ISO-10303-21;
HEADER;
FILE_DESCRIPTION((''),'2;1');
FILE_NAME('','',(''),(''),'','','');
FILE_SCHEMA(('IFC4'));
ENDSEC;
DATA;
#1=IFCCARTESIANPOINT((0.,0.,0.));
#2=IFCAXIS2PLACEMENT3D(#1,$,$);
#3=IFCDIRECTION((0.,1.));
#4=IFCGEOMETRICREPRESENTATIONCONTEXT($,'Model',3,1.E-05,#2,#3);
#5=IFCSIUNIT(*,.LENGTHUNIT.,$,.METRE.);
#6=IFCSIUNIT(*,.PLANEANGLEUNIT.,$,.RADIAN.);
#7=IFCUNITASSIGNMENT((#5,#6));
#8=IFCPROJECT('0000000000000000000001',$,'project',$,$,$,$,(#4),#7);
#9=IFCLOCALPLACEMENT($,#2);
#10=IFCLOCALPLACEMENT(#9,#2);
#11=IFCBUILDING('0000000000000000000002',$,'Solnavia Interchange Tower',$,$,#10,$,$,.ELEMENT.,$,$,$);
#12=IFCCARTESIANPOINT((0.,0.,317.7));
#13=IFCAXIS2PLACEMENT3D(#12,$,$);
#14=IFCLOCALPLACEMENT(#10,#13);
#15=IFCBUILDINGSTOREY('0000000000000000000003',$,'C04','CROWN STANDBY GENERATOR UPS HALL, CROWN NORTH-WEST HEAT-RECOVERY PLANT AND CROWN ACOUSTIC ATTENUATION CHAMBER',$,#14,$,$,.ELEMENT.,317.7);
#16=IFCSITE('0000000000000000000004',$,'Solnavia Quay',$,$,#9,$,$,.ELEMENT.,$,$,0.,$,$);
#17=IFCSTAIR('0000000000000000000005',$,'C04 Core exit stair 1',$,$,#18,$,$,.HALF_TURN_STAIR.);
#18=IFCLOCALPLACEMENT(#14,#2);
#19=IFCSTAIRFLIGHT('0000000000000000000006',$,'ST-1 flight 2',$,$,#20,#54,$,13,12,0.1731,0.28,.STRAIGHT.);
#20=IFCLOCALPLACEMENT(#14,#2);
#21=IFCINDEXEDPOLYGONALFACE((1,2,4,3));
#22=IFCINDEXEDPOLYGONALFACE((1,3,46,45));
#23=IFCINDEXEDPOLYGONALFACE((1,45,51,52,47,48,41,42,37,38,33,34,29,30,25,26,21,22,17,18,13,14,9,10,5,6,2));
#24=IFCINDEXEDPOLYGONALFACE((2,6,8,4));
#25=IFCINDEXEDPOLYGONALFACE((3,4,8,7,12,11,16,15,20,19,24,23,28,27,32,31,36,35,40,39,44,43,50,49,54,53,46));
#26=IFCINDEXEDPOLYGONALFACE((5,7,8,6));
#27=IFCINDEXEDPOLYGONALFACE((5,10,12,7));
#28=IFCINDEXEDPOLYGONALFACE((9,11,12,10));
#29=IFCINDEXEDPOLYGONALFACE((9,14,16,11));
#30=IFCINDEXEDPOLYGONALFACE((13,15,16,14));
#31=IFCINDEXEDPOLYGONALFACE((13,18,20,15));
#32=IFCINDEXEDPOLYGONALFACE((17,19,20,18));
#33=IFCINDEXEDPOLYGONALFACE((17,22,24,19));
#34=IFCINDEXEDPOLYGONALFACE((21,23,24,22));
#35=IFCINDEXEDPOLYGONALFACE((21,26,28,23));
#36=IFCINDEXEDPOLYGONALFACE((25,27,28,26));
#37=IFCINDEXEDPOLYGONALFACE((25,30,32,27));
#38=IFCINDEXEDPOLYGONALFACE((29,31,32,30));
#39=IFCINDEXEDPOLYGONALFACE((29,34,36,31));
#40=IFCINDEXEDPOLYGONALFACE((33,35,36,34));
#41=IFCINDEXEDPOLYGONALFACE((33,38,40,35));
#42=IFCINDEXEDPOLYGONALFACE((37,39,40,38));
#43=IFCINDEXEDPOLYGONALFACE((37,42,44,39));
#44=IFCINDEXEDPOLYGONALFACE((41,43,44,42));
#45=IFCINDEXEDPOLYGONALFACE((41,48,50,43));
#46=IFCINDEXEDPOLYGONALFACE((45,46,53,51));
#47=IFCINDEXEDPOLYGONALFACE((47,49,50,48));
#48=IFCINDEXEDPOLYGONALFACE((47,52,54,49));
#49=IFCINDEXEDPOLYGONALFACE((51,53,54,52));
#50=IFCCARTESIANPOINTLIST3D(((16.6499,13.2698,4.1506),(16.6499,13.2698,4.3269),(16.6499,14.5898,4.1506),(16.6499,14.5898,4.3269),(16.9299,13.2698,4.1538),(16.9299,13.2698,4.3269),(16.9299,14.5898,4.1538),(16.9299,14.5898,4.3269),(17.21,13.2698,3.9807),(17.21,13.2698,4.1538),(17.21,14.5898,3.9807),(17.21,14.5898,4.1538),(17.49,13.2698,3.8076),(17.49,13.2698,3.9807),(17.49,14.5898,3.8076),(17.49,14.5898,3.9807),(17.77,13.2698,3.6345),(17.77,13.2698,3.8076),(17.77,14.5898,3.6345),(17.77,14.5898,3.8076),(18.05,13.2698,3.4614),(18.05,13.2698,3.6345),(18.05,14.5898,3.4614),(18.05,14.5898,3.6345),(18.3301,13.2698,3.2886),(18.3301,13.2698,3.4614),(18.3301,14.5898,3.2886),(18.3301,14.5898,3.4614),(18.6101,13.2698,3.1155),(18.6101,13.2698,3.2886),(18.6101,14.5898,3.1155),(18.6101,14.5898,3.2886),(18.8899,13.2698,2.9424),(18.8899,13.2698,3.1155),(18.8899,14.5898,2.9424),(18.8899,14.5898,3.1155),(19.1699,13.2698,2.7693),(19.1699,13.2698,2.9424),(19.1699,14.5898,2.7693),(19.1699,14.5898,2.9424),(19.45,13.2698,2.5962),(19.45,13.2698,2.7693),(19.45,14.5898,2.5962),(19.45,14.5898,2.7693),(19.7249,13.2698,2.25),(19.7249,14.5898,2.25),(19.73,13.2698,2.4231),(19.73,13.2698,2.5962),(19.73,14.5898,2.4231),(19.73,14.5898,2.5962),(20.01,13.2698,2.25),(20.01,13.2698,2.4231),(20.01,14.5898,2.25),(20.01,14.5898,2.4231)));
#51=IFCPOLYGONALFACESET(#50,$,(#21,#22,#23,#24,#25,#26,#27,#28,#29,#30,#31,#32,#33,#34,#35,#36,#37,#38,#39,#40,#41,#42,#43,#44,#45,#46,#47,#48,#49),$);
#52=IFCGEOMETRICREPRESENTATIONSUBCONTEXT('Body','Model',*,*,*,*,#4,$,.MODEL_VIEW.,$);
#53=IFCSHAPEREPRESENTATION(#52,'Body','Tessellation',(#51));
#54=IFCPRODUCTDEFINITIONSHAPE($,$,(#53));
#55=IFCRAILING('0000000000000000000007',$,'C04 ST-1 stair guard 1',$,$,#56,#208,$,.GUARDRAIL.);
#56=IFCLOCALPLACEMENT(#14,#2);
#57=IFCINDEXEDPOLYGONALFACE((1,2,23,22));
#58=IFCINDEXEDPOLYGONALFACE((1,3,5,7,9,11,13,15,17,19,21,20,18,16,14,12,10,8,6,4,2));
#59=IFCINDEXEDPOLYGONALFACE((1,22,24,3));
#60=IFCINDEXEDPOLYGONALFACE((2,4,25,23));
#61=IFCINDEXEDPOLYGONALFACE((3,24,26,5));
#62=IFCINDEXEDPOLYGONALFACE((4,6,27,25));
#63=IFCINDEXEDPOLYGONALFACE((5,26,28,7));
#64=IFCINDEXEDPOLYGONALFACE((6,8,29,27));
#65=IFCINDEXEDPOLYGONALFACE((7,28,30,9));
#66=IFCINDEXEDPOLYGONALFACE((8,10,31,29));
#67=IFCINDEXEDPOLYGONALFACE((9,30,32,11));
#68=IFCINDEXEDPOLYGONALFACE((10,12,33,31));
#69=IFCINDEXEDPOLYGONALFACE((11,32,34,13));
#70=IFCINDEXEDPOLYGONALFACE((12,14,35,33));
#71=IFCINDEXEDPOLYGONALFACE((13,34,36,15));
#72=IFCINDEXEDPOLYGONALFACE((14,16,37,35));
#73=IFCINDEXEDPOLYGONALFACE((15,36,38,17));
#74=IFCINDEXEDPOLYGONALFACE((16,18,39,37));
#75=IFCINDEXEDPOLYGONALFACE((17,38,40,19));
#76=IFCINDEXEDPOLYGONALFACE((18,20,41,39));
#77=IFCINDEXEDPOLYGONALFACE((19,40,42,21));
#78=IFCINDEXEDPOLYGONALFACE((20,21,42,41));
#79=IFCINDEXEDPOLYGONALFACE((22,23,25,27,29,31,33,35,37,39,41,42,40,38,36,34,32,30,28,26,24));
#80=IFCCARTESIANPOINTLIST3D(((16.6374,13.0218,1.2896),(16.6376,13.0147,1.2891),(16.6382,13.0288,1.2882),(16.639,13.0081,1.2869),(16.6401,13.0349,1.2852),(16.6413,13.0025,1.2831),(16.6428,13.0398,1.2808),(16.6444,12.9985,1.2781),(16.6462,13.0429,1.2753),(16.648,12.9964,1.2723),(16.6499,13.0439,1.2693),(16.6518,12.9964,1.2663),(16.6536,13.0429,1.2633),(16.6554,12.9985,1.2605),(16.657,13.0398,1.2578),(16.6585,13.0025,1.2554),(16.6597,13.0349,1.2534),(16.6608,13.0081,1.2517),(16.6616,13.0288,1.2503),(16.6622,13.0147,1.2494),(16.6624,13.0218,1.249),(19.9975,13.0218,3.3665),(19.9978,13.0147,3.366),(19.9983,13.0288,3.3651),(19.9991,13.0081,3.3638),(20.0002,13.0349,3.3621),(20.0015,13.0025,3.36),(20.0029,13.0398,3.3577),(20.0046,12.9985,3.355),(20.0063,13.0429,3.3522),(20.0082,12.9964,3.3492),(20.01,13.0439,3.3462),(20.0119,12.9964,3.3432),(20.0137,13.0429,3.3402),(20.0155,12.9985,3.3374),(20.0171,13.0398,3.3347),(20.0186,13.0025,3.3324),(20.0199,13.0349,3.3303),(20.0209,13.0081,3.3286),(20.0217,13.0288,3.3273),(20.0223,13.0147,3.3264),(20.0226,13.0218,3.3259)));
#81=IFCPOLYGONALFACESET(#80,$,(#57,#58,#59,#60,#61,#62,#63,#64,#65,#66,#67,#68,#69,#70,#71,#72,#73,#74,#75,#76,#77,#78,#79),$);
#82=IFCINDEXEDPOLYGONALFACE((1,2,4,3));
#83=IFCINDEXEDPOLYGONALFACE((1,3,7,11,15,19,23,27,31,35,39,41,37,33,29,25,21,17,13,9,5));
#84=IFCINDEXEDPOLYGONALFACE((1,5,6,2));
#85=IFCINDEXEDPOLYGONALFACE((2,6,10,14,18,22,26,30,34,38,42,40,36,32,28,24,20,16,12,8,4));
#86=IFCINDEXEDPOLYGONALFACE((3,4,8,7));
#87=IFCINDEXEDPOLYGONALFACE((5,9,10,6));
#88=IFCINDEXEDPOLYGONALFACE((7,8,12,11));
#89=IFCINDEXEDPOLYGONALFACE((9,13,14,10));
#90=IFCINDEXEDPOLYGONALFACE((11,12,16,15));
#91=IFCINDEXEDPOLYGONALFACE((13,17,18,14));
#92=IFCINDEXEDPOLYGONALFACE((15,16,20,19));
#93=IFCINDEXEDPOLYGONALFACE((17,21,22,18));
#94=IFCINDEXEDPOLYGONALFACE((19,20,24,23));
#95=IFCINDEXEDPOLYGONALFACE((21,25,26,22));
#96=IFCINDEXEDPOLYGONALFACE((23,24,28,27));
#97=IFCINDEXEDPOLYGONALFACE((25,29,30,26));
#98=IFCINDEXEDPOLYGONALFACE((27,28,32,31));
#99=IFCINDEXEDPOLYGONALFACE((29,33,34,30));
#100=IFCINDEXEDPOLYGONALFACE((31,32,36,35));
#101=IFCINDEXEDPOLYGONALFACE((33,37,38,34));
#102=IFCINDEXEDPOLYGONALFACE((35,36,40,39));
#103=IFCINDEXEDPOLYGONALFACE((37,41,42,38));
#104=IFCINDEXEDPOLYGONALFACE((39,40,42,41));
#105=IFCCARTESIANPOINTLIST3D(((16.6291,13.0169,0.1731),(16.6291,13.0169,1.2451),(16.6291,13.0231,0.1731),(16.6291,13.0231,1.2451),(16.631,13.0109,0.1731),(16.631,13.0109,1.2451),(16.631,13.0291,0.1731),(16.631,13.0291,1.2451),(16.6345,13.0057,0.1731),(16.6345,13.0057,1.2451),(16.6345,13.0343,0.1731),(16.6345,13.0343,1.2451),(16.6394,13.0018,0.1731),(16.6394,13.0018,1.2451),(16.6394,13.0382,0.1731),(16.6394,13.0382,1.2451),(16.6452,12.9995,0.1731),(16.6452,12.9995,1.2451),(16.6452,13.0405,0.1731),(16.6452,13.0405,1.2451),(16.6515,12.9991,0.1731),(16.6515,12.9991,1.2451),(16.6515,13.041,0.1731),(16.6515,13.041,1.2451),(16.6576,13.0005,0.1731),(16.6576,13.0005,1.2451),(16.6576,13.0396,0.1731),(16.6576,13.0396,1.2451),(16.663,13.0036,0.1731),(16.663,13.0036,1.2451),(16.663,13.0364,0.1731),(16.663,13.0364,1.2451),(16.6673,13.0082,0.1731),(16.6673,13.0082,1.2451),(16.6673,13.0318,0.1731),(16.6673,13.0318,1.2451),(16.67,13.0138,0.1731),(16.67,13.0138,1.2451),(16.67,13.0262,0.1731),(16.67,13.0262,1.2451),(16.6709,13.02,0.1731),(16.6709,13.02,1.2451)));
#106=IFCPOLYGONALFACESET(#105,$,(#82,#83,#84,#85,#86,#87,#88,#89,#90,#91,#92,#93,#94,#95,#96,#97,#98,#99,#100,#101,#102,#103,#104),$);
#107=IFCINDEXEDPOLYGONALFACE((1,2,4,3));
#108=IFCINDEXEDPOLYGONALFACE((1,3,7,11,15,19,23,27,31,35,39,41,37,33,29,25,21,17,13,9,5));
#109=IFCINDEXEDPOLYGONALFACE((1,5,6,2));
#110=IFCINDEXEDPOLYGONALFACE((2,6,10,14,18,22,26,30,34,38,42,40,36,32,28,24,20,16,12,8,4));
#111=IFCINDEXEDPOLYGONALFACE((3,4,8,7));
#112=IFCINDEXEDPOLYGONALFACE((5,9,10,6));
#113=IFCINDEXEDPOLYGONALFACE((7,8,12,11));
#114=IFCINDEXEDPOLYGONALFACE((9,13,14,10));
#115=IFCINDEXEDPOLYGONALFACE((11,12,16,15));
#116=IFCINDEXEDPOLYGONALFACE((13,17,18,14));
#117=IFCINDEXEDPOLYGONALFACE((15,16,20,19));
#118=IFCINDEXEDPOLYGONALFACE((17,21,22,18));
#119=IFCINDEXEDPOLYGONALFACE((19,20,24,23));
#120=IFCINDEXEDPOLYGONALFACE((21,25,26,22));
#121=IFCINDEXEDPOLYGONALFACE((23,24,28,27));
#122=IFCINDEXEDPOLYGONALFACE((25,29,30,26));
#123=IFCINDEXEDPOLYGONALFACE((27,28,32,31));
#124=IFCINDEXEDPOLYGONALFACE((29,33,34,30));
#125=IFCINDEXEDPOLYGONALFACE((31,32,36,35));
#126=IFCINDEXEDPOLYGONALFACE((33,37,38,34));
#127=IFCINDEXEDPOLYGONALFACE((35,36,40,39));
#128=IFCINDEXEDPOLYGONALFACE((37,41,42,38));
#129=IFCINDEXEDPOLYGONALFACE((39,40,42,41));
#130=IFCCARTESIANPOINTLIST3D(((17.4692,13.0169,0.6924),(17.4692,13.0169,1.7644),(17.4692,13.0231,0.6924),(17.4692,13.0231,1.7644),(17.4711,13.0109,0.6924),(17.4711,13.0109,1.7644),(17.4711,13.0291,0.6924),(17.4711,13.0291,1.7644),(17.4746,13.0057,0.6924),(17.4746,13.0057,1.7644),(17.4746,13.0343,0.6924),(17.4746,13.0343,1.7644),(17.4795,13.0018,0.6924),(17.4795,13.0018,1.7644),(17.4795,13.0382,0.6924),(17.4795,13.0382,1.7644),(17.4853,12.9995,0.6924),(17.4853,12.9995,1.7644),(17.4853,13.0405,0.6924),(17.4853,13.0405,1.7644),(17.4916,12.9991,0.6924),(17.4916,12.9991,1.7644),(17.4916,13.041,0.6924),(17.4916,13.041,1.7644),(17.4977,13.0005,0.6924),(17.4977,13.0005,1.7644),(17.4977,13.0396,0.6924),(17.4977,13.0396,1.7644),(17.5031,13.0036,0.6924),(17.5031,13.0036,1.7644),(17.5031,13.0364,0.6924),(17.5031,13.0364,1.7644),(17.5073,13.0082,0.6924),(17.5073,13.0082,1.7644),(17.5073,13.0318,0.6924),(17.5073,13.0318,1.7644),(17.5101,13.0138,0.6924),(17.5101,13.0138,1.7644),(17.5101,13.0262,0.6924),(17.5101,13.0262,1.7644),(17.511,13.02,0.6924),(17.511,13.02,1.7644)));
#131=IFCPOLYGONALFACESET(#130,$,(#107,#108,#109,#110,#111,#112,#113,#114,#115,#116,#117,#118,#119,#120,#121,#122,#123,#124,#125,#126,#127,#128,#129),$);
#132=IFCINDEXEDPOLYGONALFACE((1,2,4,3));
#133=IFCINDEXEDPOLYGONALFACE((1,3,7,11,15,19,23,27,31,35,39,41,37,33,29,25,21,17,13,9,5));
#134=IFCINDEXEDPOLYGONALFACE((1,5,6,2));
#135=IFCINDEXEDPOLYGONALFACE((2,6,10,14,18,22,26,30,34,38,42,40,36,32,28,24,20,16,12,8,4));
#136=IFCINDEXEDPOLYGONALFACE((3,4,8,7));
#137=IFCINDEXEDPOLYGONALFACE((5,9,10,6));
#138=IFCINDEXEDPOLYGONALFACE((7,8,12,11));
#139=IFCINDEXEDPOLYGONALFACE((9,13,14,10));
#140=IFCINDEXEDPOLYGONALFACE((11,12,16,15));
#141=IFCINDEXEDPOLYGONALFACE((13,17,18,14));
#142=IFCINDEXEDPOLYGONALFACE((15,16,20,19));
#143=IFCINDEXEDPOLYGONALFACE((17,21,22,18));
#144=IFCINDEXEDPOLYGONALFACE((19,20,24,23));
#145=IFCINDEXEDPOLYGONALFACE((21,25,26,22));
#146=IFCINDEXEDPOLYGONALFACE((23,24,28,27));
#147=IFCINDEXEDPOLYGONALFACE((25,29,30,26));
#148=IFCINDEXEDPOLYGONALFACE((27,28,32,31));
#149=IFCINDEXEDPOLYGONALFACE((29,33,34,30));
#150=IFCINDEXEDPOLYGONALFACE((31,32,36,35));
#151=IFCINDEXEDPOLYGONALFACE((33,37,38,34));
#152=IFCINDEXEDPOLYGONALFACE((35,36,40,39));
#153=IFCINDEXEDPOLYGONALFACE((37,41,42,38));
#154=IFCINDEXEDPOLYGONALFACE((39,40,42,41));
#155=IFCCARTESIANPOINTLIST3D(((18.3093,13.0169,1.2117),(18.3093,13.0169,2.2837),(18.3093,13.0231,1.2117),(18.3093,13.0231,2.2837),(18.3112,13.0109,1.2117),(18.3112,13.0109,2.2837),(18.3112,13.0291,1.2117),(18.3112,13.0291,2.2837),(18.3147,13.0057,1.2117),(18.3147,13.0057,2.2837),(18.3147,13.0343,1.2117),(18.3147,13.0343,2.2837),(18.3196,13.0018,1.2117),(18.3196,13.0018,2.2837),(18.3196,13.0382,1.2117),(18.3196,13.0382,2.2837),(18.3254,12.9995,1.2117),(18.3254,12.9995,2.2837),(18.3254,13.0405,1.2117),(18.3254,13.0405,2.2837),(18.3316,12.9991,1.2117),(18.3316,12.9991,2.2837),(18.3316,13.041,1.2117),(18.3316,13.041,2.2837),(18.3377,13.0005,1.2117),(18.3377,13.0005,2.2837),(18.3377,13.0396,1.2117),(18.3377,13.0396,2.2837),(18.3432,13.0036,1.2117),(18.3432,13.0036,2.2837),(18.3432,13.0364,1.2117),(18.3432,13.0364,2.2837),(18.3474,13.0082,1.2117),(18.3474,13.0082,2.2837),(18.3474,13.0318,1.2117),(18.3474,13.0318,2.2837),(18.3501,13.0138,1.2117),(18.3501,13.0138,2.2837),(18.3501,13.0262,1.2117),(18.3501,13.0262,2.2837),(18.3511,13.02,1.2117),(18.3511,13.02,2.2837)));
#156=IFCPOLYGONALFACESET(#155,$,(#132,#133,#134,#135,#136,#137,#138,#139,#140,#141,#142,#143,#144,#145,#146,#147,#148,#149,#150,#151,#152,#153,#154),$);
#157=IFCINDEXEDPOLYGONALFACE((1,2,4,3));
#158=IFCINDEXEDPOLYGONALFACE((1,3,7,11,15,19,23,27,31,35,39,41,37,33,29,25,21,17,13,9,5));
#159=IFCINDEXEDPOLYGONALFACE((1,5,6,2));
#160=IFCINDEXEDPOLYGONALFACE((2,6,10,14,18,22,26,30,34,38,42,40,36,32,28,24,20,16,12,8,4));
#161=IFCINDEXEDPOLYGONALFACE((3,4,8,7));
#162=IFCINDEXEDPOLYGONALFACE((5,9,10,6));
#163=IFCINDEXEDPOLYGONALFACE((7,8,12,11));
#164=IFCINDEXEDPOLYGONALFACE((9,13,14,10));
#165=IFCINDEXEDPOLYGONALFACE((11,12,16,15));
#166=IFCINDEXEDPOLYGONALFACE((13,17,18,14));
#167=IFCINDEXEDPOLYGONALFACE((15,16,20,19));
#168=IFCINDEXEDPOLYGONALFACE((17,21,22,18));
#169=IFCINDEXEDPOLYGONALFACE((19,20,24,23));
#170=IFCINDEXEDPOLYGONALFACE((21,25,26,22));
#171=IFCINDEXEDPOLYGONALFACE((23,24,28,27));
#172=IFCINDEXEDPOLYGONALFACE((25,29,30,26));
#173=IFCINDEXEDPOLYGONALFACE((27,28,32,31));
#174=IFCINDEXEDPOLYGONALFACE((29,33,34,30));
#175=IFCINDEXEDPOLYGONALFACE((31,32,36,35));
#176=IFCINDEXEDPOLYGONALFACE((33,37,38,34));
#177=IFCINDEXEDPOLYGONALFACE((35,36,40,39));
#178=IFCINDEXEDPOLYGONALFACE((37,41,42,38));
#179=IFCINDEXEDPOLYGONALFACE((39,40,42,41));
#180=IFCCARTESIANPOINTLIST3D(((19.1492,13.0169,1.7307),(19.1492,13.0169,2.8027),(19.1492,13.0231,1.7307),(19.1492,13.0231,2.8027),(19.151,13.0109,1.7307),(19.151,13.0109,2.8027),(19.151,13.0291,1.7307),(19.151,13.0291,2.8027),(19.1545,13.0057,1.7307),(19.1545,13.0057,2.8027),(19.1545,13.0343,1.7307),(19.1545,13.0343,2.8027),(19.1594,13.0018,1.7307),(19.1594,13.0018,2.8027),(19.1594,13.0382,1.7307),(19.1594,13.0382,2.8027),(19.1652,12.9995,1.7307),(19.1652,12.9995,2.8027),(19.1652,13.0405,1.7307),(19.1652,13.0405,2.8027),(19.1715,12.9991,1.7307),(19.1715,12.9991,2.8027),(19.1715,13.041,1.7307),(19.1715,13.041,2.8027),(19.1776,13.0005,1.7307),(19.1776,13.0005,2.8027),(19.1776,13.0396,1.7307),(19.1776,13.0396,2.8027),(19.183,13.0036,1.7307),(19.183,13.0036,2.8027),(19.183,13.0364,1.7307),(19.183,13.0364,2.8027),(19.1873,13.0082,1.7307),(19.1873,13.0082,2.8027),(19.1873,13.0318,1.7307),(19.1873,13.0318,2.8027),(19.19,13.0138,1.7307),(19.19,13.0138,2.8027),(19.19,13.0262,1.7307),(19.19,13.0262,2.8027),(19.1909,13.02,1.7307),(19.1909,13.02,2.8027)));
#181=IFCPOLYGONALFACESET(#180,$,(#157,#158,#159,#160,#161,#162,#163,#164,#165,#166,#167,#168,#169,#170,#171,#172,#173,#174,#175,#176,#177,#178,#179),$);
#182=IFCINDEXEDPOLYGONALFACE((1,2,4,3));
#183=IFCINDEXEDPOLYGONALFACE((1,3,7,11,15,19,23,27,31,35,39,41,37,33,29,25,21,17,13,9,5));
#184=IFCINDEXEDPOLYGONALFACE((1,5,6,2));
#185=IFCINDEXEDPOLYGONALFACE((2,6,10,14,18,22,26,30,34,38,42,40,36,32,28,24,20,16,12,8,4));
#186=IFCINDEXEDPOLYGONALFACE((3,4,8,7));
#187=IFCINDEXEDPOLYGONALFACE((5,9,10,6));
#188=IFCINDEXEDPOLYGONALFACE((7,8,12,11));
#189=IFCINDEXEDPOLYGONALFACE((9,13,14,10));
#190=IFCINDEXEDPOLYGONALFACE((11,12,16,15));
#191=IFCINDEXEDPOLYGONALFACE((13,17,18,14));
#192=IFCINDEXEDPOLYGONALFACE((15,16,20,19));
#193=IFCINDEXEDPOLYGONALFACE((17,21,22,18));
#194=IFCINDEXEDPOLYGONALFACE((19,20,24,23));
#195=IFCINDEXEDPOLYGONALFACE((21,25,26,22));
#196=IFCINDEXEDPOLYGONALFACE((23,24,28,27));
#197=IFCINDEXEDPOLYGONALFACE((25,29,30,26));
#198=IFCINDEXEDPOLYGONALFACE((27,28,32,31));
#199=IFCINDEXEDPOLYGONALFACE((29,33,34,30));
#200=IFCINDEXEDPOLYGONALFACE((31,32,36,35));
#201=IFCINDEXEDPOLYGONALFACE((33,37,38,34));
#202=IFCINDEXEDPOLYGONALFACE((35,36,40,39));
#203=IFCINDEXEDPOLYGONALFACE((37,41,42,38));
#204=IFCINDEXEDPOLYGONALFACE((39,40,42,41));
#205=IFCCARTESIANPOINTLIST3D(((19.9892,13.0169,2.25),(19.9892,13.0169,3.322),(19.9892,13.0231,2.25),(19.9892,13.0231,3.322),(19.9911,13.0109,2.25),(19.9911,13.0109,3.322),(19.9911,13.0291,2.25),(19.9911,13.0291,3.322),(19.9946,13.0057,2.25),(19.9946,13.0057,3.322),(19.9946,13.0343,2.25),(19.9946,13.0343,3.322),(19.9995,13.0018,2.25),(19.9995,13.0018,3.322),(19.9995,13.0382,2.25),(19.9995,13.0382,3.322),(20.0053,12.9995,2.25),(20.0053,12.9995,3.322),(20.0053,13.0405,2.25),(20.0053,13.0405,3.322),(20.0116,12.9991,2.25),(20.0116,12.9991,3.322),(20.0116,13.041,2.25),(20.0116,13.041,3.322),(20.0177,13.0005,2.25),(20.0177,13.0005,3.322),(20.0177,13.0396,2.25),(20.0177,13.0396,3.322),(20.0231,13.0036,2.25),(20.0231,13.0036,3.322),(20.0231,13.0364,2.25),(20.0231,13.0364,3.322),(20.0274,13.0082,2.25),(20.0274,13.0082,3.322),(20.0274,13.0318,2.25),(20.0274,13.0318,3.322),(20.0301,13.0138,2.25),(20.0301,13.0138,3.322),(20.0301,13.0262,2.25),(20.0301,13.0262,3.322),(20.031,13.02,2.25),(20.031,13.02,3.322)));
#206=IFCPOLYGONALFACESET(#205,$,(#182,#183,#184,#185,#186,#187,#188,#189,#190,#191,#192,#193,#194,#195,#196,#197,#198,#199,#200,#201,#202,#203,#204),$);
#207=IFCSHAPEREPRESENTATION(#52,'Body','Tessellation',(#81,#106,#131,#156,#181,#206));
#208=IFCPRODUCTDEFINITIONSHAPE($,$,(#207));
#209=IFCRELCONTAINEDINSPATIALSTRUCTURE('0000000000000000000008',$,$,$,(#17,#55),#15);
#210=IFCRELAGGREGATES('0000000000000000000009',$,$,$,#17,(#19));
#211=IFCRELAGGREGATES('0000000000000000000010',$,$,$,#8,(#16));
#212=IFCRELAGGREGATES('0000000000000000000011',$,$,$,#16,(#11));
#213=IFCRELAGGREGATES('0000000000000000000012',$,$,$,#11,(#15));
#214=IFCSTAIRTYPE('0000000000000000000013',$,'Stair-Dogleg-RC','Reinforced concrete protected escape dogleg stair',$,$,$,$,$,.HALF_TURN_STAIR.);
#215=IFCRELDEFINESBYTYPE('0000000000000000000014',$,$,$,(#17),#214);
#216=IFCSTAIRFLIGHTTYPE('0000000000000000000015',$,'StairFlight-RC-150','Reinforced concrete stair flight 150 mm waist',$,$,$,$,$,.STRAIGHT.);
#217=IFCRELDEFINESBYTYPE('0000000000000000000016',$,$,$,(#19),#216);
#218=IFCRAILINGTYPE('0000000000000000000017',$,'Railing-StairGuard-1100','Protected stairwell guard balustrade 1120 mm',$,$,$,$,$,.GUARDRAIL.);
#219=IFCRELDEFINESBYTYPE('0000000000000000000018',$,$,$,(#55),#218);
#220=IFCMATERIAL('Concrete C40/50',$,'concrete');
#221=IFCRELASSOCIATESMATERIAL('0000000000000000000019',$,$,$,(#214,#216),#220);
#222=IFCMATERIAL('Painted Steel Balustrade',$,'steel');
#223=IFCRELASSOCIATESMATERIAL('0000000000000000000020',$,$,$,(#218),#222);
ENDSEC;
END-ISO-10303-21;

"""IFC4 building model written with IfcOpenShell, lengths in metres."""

from ifc_helpers import new_model, si_unit, direction, frame, origin, origin_2d, place, context, subcontext, project, spatial, polyline, circle, outline, extrude, material, type_object, element, aggregate, save


model = new_model("IFC4")

# Units and contexts
model_context = context("Model", 3, precision=1e-05, world=origin(), true_north=direction((0.0, 1.0)))
body_context = subcontext(model_context, "Body", "Model", "MODEL_VIEW")
ifc_project = project(units=[si_unit("LENGTHUNIT", "METRE"), si_unit("PLANEANGLEUNIT", "RADIAN")], contexts=[model_context])

# Site, building, storey
site_placement = place(None, origin())
site = spatial("IfcSite", under=ifc_project, at=site_placement, Name="Solnavia Quay", CompositionType="ELEMENT", RefElevation=0.0)
building_placement = place(site_placement, origin())
building = spatial("IfcBuilding", under=site, at=building_placement, Name="Solnavia Interchange Tower", CompositionType="ELEMENT")
storey_placement = place(building_placement, frame((0.0, 0.0, 317.7)))
storey = spatial("IfcBuildingStorey", under=building, at=storey_placement, Name="C04", Description="CROWN STANDBY GENERATOR UPS HALL, CROWN NORTH-WEST HEAT-RECOVERY PLANT AND CROWN ACOUSTIC ATTENUATION CHAMBER", CompositionType="ELEMENT", Elevation=317.7)

# Shared definitions
ifc_material_1 = material(Name="Concrete C40/50", Category="concrete")

# Stair, stair flight
stair_type = type_object("IfcStairType", Name="Stair-Dogleg-RC", Description="Reinforced concrete protected escape dogleg stair", PredefinedType="HALF_TURN_STAIR", material=ifc_material_1)
stair_placement = place(storey_placement, origin())
stair = element("IfcStair", 1, at=stair_placement, inside=storey, type_object=stair_type, Name="C04 Core exit stair 1", PredefinedType="HALF_TURN_STAIR")
stair_flight_type = type_object("IfcStairFlightType", Name="StairFlight-RC-150", Description="Reinforced concrete stair flight 150 mm waist", PredefinedType="STRAIGHT", material=ifc_material_1)
stair_flight_1_placement = place(storey_placement, frame((20.01, 13.9299, 2.25), z_axis=(0.0, 0.0, 1.0), x_axis=(-1.0, 0.0, 0.0)))
stair_flight_1 = element("IfcStairFlight", 2, at=stair_flight_1_placement, type_object=stair_flight_type, Name="ST-1 flight 2", NumberOfRisers=13, NumberOfTreads=12, PredefinedType="STRAIGHT", RiserHeight=0.1731, TreadLength=0.28, context=body_context, shape_type="SweptSolid", body=[
    extrude(outline(polyline([(0.0, 0.0), (0.0, 0.1731), (0.28, 0.1731), (0.28, 0.3462), (0.5601, 0.3462), (0.5601, 0.5193), (0.8401, 0.5193), (0.8401, 0.6924), (1.1201, 0.6924), (1.1201, 0.8655), (1.3999, 0.8655), (1.3999, 1.0386), (1.6799, 1.0386), (1.6799, 1.2114), (1.96, 1.2114), (1.96, 1.3845), (2.24, 1.3845), (2.24, 1.5576), (2.52, 1.5576), (2.52, 1.7307), (2.8, 1.7307), (2.8, 1.9038), (3.0801, 1.9038), (3.0801, 2.0769), (3.3601, 2.0769), (3.3601, 2.25), (3.3601, 1.9006), (0.2852, 0.0), (0.0, 0.0)])), frame((0.0, 0.6602, 0.0), z_axis=(0.0, -1.0, 0.0), x_axis=(1.0, 0.0, 0.0)), (0.0, 0.0, 1.0), 1.3201),
])
aggregate(stair, [stair_flight_1])

# Railing
ifc_material_2 = material(Name="Painted Steel Balustrade", Category="steel")
railing_type_1 = type_object("IfcRailingType", Name="Railing-StairGuard-1100", Description="Protected stairwell guard balustrade 1120 mm", PredefinedType="GUARDRAIL", material=ifc_material_2)
railing_1_placement = place(storey_placement, frame((16.6499, 13.02, 0.1731)))
element("IfcRailing", 3, at=railing_1_placement, inside=storey, type_object=railing_type_1, Name="C04 ST-1 stair guard 1", PredefinedType="GUARDRAIL", context=body_context, shape_type="SweptSolid", body=[
    extrude(circle(Radius=0.0239, at=origin_2d()), frame((0.0, 0.0, 1.0962), z_axis=(0.850623, 0.0, 0.525776), x_axis=(0.0, 1.0, 0.0)), (0.0, 0.0, 1.0), 3.9502),
    extrude(circle(Radius=0.021, at=origin_2d()), origin(), (0.0, 0.0, 1.0), 1.072),
    extrude(circle(Radius=0.021, at=origin_2d()), frame((0.8401, 0.0, 0.5193)), (0.0, 0.0, 1.0), 1.072),
    extrude(circle(Radius=0.021, at=origin_2d()), frame((1.6802, 0.0, 1.0386)), (0.0, 0.0, 1.0), 1.072),
    extrude(circle(Radius=0.021, at=origin_2d()), frame((2.52, 0.0, 1.5576)), (0.0, 0.0, 1.0), 1.072),
    extrude(circle(Radius=0.021, at=origin_2d()), frame((3.3601, 0.0, 2.0769)), (0.0, 0.0, 1.0), 1.072),
])

save(model, "model.ifc")
